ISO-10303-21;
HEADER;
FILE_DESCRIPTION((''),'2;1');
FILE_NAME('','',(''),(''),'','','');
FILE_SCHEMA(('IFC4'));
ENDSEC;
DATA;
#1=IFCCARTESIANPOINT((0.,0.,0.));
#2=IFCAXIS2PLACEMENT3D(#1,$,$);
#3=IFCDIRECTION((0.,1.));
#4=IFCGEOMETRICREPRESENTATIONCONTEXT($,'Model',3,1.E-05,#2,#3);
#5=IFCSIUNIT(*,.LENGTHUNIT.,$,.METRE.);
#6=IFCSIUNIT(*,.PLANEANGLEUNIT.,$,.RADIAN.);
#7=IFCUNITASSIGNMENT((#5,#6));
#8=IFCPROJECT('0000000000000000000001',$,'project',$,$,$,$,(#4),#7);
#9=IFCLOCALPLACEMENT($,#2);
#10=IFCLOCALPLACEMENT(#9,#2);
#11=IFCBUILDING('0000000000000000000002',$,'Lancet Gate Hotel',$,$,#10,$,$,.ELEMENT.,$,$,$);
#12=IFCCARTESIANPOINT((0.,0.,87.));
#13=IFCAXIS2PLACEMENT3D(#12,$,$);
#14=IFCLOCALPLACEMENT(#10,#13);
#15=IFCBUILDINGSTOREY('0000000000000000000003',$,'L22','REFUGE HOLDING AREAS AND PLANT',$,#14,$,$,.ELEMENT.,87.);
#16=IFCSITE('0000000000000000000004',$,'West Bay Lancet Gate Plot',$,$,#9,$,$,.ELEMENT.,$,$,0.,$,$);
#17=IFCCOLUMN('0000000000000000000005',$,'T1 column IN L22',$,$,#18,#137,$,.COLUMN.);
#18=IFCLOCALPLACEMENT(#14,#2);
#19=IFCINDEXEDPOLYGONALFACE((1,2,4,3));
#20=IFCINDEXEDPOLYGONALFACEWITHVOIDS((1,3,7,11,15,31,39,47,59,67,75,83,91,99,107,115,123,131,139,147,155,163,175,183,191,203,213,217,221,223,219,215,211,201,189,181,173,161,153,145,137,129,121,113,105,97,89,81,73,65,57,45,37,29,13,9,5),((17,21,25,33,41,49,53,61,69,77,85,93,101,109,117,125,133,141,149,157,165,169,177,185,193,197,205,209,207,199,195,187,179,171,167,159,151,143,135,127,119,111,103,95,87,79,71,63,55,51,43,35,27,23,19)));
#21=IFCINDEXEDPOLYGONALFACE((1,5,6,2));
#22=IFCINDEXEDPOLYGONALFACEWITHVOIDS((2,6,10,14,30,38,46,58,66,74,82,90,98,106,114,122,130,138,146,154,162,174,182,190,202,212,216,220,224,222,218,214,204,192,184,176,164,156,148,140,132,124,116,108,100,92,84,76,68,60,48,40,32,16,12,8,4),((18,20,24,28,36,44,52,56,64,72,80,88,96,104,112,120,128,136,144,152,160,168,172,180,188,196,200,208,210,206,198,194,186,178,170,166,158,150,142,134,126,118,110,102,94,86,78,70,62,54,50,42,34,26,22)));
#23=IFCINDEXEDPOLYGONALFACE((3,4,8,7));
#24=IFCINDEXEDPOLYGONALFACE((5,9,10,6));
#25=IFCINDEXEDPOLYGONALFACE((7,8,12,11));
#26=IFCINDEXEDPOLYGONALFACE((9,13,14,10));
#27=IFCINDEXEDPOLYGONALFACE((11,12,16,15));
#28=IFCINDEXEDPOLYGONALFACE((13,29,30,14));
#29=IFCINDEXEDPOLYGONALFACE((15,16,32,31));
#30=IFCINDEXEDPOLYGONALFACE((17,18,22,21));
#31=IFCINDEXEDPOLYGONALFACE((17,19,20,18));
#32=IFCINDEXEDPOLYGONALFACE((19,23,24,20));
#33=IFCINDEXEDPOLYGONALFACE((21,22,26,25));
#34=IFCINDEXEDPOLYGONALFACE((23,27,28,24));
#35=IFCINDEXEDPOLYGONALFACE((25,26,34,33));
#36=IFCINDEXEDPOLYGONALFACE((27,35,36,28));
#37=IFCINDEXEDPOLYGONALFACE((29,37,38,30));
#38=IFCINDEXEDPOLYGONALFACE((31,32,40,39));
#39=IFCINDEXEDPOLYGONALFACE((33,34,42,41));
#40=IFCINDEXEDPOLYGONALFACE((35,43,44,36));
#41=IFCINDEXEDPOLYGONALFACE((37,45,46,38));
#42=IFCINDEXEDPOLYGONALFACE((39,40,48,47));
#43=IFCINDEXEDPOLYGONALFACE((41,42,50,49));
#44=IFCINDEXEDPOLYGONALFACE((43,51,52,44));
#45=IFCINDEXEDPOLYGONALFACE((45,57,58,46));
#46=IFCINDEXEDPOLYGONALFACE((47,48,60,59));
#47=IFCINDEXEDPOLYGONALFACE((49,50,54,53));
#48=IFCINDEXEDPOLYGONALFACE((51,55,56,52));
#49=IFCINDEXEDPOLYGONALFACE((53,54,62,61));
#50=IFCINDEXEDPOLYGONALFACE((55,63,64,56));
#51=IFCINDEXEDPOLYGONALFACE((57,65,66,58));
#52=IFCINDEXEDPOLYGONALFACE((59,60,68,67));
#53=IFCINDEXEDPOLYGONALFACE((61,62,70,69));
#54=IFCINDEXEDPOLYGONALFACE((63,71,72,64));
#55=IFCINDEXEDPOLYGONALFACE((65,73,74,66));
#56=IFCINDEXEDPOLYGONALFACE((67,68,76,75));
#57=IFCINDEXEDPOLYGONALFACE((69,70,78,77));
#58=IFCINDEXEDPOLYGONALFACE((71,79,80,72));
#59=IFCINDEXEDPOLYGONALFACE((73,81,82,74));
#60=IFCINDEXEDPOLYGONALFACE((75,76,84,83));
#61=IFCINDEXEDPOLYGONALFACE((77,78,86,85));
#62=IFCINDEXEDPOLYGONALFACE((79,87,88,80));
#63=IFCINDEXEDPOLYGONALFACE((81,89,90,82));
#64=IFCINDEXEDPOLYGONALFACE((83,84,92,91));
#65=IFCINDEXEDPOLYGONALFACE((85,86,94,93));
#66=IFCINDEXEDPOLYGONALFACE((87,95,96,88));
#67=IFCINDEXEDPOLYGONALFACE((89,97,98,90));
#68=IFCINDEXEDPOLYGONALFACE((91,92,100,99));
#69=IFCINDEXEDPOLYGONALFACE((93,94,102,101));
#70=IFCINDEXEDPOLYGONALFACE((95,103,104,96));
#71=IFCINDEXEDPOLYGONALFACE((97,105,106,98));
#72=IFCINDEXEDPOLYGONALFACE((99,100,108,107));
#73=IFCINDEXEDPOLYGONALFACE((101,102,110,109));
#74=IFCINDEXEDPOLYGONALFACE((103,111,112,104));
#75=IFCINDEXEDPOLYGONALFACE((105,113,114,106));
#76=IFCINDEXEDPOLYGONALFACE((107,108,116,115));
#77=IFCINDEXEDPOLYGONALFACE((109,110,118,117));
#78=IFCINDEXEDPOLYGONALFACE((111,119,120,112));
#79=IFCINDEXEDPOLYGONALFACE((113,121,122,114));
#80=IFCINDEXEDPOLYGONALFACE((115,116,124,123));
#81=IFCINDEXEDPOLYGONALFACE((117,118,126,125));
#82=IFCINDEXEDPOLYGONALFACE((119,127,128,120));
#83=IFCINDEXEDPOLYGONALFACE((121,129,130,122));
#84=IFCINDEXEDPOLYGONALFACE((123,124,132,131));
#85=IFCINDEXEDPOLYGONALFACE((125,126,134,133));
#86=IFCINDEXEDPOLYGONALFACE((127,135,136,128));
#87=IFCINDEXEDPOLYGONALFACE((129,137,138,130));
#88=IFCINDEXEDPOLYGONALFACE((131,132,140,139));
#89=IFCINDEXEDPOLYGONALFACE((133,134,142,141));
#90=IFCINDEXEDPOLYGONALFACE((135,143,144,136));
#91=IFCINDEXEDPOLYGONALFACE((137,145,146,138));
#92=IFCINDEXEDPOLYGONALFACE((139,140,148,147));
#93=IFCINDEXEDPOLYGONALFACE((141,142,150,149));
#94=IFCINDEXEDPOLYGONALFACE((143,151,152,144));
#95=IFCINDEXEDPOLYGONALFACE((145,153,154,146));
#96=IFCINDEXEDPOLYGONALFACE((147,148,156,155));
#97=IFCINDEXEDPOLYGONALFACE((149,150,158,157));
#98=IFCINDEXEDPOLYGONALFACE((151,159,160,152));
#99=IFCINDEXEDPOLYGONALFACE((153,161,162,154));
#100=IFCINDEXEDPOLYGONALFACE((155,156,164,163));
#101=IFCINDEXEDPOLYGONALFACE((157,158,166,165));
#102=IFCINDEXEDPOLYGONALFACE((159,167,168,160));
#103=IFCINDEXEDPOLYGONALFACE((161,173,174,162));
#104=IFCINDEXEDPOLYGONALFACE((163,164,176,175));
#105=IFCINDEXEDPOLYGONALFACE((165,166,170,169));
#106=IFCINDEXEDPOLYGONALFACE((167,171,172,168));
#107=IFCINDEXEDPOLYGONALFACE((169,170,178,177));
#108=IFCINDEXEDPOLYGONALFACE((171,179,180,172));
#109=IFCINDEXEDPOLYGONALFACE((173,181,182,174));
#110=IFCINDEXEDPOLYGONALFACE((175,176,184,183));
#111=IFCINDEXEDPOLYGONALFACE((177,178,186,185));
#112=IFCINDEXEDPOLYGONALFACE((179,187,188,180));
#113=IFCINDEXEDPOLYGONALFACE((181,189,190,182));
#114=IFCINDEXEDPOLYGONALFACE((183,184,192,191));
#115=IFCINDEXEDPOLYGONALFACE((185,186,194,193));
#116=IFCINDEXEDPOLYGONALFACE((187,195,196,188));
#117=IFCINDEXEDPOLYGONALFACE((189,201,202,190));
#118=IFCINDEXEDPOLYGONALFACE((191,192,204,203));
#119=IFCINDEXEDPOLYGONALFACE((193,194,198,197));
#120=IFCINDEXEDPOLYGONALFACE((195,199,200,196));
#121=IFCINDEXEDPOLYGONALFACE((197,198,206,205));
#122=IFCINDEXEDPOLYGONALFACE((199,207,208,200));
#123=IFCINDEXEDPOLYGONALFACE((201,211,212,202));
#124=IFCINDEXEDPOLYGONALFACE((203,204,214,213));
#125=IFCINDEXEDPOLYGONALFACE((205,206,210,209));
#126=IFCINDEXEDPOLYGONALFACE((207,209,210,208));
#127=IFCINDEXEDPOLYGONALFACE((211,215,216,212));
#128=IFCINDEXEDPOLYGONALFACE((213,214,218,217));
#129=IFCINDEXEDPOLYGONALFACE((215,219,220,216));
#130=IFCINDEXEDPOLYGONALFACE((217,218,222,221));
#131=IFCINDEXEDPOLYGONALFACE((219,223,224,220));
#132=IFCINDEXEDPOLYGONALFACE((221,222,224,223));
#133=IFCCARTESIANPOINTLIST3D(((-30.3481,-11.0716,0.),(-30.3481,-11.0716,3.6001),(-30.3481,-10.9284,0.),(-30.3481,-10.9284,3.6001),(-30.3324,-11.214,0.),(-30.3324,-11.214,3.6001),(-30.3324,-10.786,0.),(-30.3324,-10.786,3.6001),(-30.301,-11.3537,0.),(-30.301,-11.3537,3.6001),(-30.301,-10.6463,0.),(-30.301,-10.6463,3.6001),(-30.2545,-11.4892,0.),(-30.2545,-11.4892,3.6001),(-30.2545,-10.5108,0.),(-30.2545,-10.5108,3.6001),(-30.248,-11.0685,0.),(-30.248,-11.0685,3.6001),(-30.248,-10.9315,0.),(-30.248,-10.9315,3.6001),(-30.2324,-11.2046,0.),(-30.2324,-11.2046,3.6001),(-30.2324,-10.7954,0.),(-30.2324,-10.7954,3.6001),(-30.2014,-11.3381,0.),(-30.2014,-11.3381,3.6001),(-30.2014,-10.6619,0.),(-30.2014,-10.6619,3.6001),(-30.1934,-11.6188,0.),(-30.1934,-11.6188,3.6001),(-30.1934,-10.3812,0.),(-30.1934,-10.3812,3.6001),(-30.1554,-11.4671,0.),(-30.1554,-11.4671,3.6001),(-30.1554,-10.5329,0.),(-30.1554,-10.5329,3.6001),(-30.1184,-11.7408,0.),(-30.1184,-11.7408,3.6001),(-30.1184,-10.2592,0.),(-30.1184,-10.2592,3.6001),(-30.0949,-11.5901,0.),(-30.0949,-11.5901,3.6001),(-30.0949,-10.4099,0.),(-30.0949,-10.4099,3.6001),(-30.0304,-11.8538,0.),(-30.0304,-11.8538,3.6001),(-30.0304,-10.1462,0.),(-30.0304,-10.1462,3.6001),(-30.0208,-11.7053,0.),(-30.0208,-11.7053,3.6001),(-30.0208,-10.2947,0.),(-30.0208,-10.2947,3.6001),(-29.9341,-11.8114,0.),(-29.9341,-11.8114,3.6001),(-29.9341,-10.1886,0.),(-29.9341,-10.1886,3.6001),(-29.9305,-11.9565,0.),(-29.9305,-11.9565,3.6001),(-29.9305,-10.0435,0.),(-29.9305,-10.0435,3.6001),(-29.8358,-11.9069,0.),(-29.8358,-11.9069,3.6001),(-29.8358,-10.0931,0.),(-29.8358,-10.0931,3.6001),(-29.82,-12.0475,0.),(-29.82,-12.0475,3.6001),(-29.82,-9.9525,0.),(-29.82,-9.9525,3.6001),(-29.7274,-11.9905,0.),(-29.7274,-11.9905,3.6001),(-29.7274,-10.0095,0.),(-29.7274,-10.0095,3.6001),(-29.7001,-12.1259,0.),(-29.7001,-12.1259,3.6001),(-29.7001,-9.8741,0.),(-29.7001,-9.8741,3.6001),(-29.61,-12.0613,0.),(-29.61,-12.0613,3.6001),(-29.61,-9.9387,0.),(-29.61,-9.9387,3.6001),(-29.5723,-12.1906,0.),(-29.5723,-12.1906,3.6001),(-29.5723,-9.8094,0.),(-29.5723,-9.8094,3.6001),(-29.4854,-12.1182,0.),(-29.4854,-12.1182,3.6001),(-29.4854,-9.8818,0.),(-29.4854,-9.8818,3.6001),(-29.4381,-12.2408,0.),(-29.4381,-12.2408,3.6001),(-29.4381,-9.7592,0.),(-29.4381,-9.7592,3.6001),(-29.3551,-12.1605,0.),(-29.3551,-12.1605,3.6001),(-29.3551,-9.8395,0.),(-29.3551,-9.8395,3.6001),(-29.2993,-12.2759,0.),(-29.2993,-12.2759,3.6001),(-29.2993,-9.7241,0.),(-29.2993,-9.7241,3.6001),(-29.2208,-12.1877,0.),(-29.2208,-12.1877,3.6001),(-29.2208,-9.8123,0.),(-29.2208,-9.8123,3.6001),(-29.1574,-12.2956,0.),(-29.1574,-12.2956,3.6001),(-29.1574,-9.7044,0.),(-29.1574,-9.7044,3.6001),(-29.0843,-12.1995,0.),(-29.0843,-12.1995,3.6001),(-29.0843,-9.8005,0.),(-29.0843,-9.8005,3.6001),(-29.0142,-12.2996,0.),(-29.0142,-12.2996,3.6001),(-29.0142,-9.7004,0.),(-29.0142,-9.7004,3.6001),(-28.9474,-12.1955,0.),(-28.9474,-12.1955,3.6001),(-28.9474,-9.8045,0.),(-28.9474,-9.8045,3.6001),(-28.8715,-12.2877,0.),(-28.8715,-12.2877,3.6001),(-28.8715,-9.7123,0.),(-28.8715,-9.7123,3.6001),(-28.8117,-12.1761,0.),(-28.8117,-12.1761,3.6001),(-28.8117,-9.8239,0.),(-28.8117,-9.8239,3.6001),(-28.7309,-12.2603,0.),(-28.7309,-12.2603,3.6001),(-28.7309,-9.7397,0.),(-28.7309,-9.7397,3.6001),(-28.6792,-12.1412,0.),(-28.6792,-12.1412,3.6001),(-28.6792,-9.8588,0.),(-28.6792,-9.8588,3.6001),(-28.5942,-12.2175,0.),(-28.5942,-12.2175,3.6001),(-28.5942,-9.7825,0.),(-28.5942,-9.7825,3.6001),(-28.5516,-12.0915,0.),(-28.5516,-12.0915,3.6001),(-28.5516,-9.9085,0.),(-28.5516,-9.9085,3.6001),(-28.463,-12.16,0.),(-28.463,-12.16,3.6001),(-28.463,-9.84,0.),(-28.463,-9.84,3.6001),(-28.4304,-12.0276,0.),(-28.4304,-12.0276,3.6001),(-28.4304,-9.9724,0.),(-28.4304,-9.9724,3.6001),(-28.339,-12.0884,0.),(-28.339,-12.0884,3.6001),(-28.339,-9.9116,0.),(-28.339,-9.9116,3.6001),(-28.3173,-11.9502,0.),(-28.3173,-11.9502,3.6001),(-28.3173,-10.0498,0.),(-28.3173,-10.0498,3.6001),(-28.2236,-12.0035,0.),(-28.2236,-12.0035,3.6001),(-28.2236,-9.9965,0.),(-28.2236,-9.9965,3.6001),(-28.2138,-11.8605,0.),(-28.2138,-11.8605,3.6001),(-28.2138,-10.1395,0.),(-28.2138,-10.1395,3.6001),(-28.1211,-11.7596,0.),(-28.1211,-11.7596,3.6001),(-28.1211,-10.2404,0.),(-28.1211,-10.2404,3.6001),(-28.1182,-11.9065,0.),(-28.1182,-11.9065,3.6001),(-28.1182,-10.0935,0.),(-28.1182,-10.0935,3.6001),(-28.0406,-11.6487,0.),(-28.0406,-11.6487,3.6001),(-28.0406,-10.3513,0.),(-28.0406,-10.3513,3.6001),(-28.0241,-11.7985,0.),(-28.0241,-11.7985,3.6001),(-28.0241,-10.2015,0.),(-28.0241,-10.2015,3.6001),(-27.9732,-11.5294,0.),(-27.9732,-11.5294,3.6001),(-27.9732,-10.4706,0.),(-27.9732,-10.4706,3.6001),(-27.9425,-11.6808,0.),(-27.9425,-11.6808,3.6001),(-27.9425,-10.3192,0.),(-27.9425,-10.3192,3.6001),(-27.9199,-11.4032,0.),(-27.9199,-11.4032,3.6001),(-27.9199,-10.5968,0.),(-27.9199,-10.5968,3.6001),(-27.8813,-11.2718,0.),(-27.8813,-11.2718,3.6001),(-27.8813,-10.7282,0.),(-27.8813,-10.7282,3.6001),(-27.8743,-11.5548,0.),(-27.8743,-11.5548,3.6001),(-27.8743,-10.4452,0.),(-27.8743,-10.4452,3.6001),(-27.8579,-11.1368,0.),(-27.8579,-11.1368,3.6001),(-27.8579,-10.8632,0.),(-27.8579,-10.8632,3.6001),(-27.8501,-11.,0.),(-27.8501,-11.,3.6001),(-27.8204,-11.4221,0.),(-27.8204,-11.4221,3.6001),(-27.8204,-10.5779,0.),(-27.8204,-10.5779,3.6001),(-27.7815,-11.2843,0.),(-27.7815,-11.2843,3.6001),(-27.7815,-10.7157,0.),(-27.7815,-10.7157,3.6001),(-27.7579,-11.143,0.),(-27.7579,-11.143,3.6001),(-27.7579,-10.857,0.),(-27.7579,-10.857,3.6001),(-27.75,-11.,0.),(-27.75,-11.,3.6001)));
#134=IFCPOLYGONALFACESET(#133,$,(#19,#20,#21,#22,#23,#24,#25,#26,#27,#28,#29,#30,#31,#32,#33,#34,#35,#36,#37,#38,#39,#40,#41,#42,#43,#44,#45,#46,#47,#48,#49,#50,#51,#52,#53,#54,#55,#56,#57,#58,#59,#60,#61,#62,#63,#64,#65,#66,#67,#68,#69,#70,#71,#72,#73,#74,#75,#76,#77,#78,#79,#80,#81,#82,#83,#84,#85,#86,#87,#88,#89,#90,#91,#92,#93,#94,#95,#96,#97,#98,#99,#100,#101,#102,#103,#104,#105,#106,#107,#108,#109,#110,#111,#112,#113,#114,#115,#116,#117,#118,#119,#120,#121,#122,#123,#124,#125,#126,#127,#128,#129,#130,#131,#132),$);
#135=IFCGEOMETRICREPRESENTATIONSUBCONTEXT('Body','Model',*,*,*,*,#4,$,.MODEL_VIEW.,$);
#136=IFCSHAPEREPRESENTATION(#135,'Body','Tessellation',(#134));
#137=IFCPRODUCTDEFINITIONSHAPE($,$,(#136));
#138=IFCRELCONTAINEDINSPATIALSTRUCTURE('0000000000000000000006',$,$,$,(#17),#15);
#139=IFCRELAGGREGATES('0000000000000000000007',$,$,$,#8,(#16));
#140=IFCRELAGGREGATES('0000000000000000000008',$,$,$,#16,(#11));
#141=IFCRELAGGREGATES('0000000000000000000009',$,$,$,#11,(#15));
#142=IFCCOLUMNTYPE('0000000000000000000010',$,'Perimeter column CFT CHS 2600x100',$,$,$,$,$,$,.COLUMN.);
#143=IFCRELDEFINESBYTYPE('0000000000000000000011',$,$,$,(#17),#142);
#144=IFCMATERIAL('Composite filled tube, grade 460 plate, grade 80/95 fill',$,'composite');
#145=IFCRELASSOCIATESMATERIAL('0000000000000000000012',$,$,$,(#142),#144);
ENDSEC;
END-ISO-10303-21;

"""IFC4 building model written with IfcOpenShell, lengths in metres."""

from ifc_helpers import new_model, si_unit, direction, frame, origin, origin_2d, place, context, subcontext, project, spatial, hollow_circle, extrude, material, material_profile, profile_set, type_object, element, save


model = new_model("IFC4")

# Units and contexts
model_context = context("Model", 3, precision=1e-05, world=origin(), true_north=direction((0.0, 1.0)))
body_context = subcontext(model_context, "Body", "Model", "MODEL_VIEW")
ifc_project = project(units=[si_unit("LENGTHUNIT", "METRE"), si_unit("PLANEANGLEUNIT", "RADIAN")], contexts=[model_context])

# Site, building, storey
site_placement = place(None, origin())
site = spatial("IfcSite", under=ifc_project, at=site_placement, Name="West Bay Lancet Gate Plot", CompositionType="ELEMENT", RefElevation=0.0)
building_placement = place(site_placement, origin())
building = spatial("IfcBuilding", under=site, at=building_placement, Name="Lancet Gate Hotel", CompositionType="ELEMENT")
storey_placement = place(building_placement, frame((0.0, 0.0, 87.0)))
storey = spatial("IfcBuildingStorey", under=building, at=storey_placement, Name="L22", Description="REFUGE HOLDING AREAS AND PLANT", CompositionType="ELEMENT", Elevation=87.0)

# Column
ifc_material_1 = material(Name="Composite filled tube, grade 460 plate, grade 80/95 fill", Category="composite")
ifc_material_profile_1 = material_profile(ifc_material_1, hollow_circle(Radius=1.3, WallThickness=0.1001, at=origin_2d()), Name="CHS 2600x100")
ifc_profile_set_1 = profile_set([ifc_material_profile_1], Name="Composite filled tube, grade 460 plate, grade 80/95 fill")
column_type = type_object("IfcColumnType", Name="Perimeter column CFT CHS 2600x100", PredefinedType="COLUMN", material=ifc_profile_set_1)
for number, where, z_axis, x_axis, name in (
    (1, (-29.05, -11.0, 0.0), (0.0, 0.0, 1.0), (1.0, 0.0, 0.0), "T1 column IN L22"),
):
    element("IfcColumn", number, at=place(storey_placement, frame(where, z_axis=z_axis, x_axis=x_axis)), inside=storey, type_object=column_type, Name=name, PredefinedType="COLUMN", context=body_context, shape_type="SweptSolid", body=[
        extrude(hollow_circle(Radius=1.3, WallThickness=0.1001, at=origin_2d()), origin(), (0.0, 0.0, 1.0), 3.6001),
    ])

save(model, "model.ifc")
